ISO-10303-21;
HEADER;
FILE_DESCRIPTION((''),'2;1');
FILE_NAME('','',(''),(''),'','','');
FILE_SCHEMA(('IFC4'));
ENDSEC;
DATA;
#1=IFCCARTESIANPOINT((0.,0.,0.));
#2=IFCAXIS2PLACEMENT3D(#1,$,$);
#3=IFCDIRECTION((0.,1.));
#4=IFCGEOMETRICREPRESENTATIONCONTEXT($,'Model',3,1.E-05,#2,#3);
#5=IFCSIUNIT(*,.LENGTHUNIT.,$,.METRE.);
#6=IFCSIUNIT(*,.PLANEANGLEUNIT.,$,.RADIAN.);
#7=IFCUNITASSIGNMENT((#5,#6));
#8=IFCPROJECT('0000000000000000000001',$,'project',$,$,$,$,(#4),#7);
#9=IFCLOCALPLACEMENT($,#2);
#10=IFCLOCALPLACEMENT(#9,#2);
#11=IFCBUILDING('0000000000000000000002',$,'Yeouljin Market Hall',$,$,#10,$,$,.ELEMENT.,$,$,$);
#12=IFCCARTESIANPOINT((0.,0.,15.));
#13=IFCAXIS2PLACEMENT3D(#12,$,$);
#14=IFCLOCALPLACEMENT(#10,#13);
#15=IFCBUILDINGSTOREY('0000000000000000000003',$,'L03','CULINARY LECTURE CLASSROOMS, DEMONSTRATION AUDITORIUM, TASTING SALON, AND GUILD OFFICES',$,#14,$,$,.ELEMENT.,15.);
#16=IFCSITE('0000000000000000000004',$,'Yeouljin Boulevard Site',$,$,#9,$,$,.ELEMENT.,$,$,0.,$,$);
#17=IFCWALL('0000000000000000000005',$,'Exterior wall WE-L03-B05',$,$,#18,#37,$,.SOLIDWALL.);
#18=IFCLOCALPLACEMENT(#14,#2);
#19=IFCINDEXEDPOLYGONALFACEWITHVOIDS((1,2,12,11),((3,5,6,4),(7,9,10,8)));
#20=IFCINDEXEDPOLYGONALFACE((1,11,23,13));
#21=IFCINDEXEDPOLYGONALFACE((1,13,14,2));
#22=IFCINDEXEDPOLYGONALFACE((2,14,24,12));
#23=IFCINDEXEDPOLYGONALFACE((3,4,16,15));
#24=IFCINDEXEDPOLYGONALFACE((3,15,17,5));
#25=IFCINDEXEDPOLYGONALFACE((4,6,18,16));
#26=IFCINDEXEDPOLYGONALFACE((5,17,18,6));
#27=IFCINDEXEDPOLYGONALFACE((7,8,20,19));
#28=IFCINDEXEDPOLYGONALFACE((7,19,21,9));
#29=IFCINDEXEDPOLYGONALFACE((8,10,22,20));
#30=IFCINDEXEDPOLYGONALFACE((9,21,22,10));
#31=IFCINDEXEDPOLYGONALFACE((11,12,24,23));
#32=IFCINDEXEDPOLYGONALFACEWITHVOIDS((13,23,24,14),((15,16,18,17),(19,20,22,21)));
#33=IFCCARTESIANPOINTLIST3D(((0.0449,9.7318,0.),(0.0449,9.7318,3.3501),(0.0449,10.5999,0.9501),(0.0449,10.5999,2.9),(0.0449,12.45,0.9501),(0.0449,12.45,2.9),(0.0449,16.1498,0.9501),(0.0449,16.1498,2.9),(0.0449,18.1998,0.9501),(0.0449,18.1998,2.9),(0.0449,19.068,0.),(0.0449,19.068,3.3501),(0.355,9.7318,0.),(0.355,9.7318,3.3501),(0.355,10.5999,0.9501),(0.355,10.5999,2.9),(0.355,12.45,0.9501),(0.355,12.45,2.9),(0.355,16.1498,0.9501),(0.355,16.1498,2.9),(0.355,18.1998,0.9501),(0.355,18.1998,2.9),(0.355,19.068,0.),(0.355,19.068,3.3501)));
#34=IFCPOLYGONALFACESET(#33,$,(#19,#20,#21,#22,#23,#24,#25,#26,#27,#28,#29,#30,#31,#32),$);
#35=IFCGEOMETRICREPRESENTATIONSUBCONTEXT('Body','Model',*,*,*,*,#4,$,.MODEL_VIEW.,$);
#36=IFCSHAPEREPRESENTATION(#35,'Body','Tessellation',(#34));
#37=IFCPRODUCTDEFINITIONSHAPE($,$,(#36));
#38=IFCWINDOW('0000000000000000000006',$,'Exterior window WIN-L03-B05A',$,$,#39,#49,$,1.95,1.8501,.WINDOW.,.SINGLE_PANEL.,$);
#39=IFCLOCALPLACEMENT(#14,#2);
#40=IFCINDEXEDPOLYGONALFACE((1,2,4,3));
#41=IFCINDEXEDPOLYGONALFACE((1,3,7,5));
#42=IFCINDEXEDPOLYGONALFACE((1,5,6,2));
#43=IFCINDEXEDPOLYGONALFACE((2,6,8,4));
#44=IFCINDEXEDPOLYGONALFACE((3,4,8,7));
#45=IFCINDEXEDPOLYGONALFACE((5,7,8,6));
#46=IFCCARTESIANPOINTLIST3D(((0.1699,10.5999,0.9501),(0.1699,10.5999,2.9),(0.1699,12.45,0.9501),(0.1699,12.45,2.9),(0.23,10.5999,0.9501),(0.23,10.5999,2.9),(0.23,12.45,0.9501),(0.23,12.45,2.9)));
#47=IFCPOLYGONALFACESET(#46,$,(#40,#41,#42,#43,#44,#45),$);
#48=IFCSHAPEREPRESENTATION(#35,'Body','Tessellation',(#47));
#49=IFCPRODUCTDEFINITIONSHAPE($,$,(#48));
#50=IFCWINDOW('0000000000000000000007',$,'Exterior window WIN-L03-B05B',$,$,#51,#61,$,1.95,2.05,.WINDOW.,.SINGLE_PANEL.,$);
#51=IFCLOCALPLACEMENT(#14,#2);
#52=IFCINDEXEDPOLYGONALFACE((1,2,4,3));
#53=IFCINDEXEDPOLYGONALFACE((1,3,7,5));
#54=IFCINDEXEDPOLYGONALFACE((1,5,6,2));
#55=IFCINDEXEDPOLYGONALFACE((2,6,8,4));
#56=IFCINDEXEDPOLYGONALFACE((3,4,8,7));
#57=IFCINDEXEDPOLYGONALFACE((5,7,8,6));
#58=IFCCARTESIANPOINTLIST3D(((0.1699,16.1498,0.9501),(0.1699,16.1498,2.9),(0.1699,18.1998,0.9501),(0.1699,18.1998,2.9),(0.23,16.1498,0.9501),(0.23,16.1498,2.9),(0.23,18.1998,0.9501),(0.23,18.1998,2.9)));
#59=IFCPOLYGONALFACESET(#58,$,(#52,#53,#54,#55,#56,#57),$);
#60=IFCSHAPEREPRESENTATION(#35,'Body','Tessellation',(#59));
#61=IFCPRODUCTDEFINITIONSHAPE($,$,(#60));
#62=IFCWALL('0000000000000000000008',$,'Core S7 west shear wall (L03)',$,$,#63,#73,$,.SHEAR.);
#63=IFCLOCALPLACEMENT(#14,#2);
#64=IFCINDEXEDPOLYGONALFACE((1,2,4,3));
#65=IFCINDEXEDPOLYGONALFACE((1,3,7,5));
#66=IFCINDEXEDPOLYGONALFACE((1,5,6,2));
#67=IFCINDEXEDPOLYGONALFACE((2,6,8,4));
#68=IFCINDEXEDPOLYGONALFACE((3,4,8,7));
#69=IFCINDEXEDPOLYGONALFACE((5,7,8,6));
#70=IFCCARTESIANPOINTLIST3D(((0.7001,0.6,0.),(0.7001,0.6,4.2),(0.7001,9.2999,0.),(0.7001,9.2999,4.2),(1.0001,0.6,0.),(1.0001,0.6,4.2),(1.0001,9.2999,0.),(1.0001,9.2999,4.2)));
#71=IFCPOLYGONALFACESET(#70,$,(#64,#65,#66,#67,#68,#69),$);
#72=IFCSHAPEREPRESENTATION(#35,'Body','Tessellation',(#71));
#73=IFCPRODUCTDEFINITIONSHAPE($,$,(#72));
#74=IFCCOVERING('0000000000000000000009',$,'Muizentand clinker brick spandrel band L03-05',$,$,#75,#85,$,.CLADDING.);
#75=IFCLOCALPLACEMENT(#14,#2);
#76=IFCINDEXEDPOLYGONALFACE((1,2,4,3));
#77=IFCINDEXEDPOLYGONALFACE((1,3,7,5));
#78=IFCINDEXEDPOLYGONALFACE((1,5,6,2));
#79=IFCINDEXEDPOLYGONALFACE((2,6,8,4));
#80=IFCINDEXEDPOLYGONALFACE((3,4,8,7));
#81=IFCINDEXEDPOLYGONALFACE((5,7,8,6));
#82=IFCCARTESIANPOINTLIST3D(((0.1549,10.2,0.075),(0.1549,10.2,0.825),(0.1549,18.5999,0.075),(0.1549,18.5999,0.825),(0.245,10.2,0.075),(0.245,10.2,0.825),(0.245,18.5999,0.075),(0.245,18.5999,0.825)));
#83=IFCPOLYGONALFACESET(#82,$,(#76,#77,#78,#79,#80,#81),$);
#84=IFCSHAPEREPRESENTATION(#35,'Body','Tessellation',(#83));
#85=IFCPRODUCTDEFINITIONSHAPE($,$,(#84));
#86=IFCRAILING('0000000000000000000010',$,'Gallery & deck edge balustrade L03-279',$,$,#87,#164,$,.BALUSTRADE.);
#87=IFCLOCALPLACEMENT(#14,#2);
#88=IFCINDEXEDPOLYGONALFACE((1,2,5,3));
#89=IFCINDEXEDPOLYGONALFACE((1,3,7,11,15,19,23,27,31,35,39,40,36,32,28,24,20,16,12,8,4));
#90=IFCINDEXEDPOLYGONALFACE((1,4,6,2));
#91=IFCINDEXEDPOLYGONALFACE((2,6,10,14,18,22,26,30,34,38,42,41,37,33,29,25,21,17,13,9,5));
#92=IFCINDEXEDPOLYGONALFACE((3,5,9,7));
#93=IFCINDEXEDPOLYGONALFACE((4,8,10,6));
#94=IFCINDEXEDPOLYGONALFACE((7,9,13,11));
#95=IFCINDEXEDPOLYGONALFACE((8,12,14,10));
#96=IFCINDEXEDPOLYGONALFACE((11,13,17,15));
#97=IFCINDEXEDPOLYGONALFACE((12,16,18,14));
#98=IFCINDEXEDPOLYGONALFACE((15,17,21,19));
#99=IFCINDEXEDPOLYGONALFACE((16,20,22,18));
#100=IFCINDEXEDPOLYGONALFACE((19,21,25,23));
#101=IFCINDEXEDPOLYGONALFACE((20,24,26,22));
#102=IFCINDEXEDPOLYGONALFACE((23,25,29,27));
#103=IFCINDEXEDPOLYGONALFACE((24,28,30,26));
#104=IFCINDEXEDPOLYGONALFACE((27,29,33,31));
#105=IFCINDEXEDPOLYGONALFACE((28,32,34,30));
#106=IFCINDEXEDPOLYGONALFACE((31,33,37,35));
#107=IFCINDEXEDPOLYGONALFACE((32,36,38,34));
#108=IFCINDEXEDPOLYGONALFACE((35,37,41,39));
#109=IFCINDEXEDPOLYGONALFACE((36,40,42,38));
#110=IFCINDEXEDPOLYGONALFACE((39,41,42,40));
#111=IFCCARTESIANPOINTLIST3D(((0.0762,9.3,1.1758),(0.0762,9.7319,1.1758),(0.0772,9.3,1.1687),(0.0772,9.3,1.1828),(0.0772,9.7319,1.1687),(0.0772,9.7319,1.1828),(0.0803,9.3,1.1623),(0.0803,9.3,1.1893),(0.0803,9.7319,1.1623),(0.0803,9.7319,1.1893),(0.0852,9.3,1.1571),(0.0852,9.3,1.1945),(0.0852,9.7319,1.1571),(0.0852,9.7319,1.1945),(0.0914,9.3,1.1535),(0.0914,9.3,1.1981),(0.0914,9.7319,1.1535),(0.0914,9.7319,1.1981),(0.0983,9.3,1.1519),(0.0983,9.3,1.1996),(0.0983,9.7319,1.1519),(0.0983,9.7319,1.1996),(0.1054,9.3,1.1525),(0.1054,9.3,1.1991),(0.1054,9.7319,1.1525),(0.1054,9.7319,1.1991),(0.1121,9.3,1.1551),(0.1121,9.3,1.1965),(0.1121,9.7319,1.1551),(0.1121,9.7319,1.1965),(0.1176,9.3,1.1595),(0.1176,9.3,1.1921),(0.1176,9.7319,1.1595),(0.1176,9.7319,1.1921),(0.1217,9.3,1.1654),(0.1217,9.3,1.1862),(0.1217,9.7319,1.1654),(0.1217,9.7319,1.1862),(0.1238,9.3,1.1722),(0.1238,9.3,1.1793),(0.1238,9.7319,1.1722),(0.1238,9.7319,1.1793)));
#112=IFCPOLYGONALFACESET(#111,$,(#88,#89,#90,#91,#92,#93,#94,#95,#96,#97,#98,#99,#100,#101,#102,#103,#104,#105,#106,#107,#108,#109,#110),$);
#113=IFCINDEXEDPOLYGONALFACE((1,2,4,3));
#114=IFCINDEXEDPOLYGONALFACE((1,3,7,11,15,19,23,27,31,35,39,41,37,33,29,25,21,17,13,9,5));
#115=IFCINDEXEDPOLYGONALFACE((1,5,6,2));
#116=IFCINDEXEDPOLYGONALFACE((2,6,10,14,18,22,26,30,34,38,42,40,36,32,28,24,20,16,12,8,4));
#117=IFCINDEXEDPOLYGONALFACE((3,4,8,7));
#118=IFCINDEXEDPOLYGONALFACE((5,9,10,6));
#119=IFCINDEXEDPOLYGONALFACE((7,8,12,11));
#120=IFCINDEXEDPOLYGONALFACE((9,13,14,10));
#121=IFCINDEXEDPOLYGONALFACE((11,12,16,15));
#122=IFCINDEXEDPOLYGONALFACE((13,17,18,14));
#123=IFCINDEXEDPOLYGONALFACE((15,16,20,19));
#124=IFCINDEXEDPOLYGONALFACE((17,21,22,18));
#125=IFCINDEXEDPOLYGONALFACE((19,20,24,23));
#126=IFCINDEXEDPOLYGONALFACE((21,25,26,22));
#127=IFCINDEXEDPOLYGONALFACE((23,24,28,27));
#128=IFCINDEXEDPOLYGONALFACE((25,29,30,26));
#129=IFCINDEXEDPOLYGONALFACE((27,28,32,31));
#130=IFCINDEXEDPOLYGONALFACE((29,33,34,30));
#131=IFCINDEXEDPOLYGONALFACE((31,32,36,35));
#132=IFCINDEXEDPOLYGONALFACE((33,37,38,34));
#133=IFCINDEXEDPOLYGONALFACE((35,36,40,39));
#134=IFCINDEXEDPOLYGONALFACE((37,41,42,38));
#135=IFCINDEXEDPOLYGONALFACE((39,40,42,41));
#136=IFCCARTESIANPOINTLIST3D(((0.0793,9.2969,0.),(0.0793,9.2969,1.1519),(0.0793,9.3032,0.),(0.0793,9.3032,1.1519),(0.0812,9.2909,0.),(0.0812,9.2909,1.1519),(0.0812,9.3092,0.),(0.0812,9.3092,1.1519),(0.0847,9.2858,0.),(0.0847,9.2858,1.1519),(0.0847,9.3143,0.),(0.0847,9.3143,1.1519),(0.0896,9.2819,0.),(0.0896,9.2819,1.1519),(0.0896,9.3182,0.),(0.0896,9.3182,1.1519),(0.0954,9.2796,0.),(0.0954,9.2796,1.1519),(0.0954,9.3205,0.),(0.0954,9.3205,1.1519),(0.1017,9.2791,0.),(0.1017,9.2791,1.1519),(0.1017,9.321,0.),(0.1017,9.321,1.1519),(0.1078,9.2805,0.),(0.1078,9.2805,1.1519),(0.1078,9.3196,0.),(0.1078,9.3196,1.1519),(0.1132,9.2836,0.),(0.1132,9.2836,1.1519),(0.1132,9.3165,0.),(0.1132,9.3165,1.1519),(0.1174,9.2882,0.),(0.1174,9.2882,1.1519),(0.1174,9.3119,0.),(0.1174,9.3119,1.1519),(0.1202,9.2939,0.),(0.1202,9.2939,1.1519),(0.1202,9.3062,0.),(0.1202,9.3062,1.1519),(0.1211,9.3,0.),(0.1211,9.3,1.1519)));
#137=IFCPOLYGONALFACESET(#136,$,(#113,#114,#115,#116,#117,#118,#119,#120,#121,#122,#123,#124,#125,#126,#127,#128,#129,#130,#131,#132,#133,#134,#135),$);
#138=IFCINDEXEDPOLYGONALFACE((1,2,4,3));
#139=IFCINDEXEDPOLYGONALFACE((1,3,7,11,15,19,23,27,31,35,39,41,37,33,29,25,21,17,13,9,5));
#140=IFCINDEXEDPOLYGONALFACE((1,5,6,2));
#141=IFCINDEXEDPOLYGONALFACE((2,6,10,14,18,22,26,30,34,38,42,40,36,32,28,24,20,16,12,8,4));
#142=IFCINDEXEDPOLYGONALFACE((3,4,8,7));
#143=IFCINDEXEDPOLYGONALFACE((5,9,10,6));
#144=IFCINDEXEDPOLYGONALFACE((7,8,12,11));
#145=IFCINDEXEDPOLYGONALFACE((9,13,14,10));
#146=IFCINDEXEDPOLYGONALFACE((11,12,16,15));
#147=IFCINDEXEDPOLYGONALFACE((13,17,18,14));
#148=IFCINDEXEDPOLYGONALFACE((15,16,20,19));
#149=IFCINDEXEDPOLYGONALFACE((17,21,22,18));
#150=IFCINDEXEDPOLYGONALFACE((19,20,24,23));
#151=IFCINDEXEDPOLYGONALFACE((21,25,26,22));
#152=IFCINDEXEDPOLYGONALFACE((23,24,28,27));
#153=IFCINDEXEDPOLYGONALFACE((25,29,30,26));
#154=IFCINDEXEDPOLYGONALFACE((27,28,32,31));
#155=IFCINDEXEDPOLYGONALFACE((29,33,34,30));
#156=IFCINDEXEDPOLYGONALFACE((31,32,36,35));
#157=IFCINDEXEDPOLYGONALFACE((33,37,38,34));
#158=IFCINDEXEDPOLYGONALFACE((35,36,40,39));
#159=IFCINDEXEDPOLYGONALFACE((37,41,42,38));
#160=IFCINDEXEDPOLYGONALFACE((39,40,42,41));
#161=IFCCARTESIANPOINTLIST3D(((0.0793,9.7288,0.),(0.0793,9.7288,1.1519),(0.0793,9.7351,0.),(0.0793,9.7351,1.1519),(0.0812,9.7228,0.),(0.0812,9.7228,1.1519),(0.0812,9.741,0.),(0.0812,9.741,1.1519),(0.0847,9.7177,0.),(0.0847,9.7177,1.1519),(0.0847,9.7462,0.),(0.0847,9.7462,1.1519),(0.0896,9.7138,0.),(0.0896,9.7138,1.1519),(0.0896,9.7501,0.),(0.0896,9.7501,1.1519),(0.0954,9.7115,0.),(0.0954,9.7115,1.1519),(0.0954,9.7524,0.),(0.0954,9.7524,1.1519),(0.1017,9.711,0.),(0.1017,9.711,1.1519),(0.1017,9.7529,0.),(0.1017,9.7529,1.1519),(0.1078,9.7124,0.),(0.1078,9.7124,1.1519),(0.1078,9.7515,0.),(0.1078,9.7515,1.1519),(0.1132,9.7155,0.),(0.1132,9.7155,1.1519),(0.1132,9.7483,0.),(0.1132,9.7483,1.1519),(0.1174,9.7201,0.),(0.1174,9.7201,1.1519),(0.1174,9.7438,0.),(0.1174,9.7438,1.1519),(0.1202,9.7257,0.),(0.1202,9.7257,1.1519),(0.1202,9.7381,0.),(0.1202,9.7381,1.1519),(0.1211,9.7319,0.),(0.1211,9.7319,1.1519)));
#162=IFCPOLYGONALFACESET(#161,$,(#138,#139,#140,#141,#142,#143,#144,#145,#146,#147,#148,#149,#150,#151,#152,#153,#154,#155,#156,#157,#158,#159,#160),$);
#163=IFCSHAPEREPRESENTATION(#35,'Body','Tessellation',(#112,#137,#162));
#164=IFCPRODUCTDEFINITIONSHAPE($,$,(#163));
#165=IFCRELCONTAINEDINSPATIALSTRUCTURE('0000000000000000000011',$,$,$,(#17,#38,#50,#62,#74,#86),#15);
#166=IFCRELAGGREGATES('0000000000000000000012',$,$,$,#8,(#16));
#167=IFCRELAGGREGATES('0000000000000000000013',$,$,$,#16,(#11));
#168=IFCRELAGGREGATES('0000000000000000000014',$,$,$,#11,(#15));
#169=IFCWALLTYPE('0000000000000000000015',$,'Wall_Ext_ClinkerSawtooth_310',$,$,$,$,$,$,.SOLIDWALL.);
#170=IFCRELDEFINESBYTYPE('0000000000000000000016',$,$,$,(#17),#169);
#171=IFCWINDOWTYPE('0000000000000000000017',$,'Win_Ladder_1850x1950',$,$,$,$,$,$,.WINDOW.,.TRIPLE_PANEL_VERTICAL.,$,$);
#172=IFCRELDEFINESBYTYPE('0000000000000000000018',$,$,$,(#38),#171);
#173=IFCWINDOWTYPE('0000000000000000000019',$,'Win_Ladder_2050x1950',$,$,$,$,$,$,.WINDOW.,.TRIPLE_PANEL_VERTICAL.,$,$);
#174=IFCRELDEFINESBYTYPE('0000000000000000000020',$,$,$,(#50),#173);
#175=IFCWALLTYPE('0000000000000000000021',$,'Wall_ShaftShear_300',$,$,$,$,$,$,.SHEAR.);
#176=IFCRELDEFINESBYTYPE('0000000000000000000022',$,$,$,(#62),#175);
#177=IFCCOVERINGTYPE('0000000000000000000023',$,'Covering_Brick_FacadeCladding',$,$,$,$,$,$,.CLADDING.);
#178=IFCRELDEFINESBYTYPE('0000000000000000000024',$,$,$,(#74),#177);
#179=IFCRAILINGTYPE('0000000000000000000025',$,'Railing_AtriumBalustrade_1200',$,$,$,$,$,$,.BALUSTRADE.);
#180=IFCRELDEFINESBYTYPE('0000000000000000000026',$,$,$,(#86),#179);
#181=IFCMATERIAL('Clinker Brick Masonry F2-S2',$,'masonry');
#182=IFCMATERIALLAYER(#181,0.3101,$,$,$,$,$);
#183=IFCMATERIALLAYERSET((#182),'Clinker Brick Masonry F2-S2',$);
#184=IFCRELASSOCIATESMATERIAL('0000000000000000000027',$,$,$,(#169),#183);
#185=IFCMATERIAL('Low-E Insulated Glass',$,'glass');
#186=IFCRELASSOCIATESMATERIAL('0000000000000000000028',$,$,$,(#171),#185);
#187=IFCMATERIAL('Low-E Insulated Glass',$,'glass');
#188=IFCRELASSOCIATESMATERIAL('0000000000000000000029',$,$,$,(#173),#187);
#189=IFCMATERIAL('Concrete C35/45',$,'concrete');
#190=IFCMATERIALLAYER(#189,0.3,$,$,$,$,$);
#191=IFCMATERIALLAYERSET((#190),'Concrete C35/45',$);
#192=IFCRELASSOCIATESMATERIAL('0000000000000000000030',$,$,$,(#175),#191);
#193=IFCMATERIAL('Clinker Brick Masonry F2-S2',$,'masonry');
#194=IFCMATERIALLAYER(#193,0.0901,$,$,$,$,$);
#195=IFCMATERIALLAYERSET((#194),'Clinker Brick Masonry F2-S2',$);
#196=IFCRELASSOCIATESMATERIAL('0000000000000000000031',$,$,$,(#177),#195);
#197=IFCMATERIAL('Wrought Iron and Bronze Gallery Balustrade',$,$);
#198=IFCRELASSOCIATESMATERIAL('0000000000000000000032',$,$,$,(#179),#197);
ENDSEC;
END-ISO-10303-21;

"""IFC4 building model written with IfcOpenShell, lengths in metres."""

from ifc_helpers import new_model, si_unit, direction, frame, frame_2d, origin, origin_2d, place, context, subcontext, project, spatial, rectangle, circle, extrude, material, layer, layer_set, type_object, element, fill, save


model = new_model("IFC4")

# Units and contexts
model_context = context("Model", 3, precision=1e-05, world=origin(), true_north=direction((0.0, 1.0)))
body_context = subcontext(model_context, "Body", "Model", "MODEL_VIEW")
ifc_project = project(units=[si_unit("LENGTHUNIT", "METRE"), si_unit("PLANEANGLEUNIT", "RADIAN")], contexts=[model_context])

# Site, building, storey
site_placement = place(None, origin())
site = spatial("IfcSite", under=ifc_project, at=site_placement, Name="Yeouljin Boulevard Site", CompositionType="ELEMENT", RefElevation=0.0)
building_placement = place(site_placement, origin())
building = spatial("IfcBuilding", under=site, at=building_placement, Name="Yeouljin Market Hall", CompositionType="ELEMENT")
storey_placement = place(building_placement, frame((0.0, 0.0, 15.0)))
storey = spatial("IfcBuildingStorey", under=building, at=storey_placement, Name="L03", Description="CULINARY LECTURE CLASSROOMS, DEMONSTRATION AUDITORIUM, TASTING SALON, AND GUILD OFFICES", CompositionType="ELEMENT", Elevation=15.0)

# Wall, openings, windows
ifc_material_1 = material(Name="Clinker Brick Masonry F2-S2", Category="masonry")
ifc_layer_1 = layer(ifc_material_1, 0.3101)
ifc_layer_set_1 = layer_set([ifc_layer_1], Name="Clinker Brick Masonry F2-S2")
wall_type_1 = type_object("IfcWallType", Name="Wall_Ext_ClinkerSawtooth_310", PredefinedType="SOLIDWALL", material=ifc_layer_set_1)
wall_1_placement = place(storey_placement, frame((0.2, 9.7319, 0.0), z_axis=(0.0, 0.0, 1.0), x_axis=(0.0, 1.0, 0.0)))
wall_1 = element("IfcWall", 1, at=wall_1_placement, inside=storey, type_object=wall_type_1, Name="Exterior wall WE-L03-B05", PredefinedType="SOLIDWALL", context=body_context, shape_type="SweptSolid", body=[
    extrude(rectangle(XDim=9.3362, YDim=0.3101, at=frame_2d((4.668, 0.0))), origin(), (0.0, 0.0, 1.0), 3.3501),
])
opening_1_placement = place(wall_1_placement, frame((0.8679, 0.0, 0.95)))
opening_1 = element("IfcOpeningElement", 2, at=opening_1_placement, cuts=wall_1, PredefinedType="OPENING", context=body_context, shape_type="SweptSolid", body=[
    extrude(rectangle(XDim=1.8501, YDim=1.95, at=frame_2d((0.925, 0.9751))), frame((0.0, 0.165, 0.0), z_axis=(0.0, -1.0, 0.0), x_axis=(1.0, 0.0, 0.0)), (0.0, 0.0, 1.0), 0.3301),
])
opening_2_placement = place(wall_1_placement, frame((6.418, 0.0, 0.95)))
opening_2 = element("IfcOpeningElement", 3, at=opening_2_placement, cuts=wall_1, PredefinedType="OPENING", context=body_context, shape_type="SweptSolid", body=[
    extrude(rectangle(XDim=2.05, YDim=1.95, at=frame_2d((1.0249, 0.9751))), frame((0.0, 0.165, 0.0), z_axis=(0.0, -1.0, 0.0), x_axis=(1.0, 0.0, 0.0)), (0.0, 0.0, 1.0), 0.3301),
])
ifc_material_2 = material(Name="Low-E Insulated Glass", Category="glass")
window_type_1 = type_object("IfcWindowType", Name="Win_Ladder_1850x1950", PartitioningType="TRIPLE_PANEL_VERTICAL", PredefinedType="WINDOW", material=ifc_material_2)
window_1_placement = place(opening_1_placement, origin())
window_1 = element("IfcWindow", 4, at=window_1_placement, inside=storey, type_object=window_type_1, Name="Exterior window WIN-L03-B05A", OverallHeight=1.95, OverallWidth=1.8501, PartitioningType="SINGLE_PANEL", PredefinedType="WINDOW", context=body_context, shape_type="SweptSolid", body=[
    extrude(rectangle(XDim=1.8501, YDim=1.95, at=frame_2d((0.925, 0.9751))), frame((0.0, 0.03, 0.0), z_axis=(0.0, -1.0, 0.0), x_axis=(1.0, 0.0, 0.0)), (0.0, 0.0, 1.0), 0.0601),
])
fill(opening_1, window_1)
ifc_material_3 = material(Name="Low-E Insulated Glass", Category="glass")
window_type_2 = type_object("IfcWindowType", Name="Win_Ladder_2050x1950", PartitioningType="TRIPLE_PANEL_VERTICAL", PredefinedType="WINDOW", material=ifc_material_3)
window_2_placement = place(opening_2_placement, origin())
window_2 = element("IfcWindow", 5, at=window_2_placement, inside=storey, type_object=window_type_2, Name="Exterior window WIN-L03-B05B", OverallHeight=1.95, OverallWidth=2.05, PartitioningType="SINGLE_PANEL", PredefinedType="WINDOW", context=body_context, shape_type="SweptSolid", body=[
    extrude(rectangle(XDim=2.05, YDim=1.95, at=frame_2d((1.0249, 0.9751))), frame((0.0, 0.03, 0.0), z_axis=(0.0, -1.0, 0.0), x_axis=(1.0, 0.0, 0.0)), (0.0, 0.0, 1.0), 0.0601),
])
fill(opening_2, window_2)

# Wall
ifc_material_4 = material(Name="Concrete C35/45", Category="concrete")
ifc_layer_2 = layer(ifc_material_4, 0.3)
ifc_layer_set_2 = layer_set([ifc_layer_2], Name="Concrete C35/45")
wall_type_2 = type_object("IfcWallType", Name="Wall_ShaftShear_300", PredefinedType="SHEAR", material=ifc_layer_set_2)
wall_2_placement = place(storey_placement, frame((0.8501, 9.3, 0.0), z_axis=(0.0, 0.0, 1.0), x_axis=(0.0, -1.0, 0.0)))
element("IfcWall", 6, at=wall_2_placement, inside=storey, type_object=wall_type_2, Name="Core S7 west shear wall (L03)", PredefinedType="SHEAR", context=body_context, shape_type="SweptSolid", body=[
    extrude(rectangle(XDim=8.7, YDim=0.3, at=frame_2d((4.3501, 0.0))), origin(), (0.0, 0.0, 1.0), 4.2),
])

# Covering
ifc_material_5 = material(Name="Clinker Brick Masonry F2-S2", Category="masonry")
ifc_layer_3 = layer(ifc_material_5, 0.0901)
ifc_layer_set_3 = layer_set([ifc_layer_3], Name="Clinker Brick Masonry F2-S2")
covering_type = type_object("IfcCoveringType", Name="Covering_Brick_FacadeCladding", PredefinedType="CLADDING", material=ifc_layer_set_3)
covering_placement = place(storey_placement, frame((0.2, 14.3999, 0.075), z_axis=(0.0, 0.0, 1.0), x_axis=(0.0, 1.0, 0.0)))
element("IfcCovering", 7, at=covering_placement, inside=storey, type_object=covering_type, Name="Muizentand clinker brick spandrel band L03-05", PredefinedType="CLADDING", context=body_context, shape_type="SweptSolid", body=[
    extrude(rectangle(XDim=8.3999, YDim=0.0901, at=origin_2d()), origin(), (0.0, 0.0, 1.0), 0.75),
])

# Railing
ifc_material_6 = material(Name="Wrought Iron and Bronze Gallery Balustrade")
railing_type = type_object("IfcRailingType", Name="Railing_AtriumBalustrade_1200", PredefinedType="BALUSTRADE", material=ifc_material_6)
for number, where, name in (
    (8, (0.1001, 9.3, 0.0), "Gallery & deck edge balustrade L03-279"),
):
    element("IfcRailing", number, at=place(storey_placement, frame(where)), inside=storey, type_object=railing_type, Name=name, PredefinedType="BALUSTRADE", context=body_context, shape_type="SweptSolid", body=[
        extrude(circle(Radius=0.0239, at=origin_2d()), frame((0.0, 0.0, 1.1758), z_axis=(0.0, 1.0, 0.0), x_axis=(-1.0, 0.0, 0.0)), (0.0, 0.0, 1.0), 0.4319),
        extrude(circle(Radius=0.021, at=origin_2d()), origin(), (0.0, 0.0, 1.0), 1.1519),
        extrude(circle(Radius=0.021, at=origin_2d()), frame((0.0, 0.4319, 0.0)), (0.0, 0.0, 1.0), 1.1519),
    ])

save(model, "model.ifc")
